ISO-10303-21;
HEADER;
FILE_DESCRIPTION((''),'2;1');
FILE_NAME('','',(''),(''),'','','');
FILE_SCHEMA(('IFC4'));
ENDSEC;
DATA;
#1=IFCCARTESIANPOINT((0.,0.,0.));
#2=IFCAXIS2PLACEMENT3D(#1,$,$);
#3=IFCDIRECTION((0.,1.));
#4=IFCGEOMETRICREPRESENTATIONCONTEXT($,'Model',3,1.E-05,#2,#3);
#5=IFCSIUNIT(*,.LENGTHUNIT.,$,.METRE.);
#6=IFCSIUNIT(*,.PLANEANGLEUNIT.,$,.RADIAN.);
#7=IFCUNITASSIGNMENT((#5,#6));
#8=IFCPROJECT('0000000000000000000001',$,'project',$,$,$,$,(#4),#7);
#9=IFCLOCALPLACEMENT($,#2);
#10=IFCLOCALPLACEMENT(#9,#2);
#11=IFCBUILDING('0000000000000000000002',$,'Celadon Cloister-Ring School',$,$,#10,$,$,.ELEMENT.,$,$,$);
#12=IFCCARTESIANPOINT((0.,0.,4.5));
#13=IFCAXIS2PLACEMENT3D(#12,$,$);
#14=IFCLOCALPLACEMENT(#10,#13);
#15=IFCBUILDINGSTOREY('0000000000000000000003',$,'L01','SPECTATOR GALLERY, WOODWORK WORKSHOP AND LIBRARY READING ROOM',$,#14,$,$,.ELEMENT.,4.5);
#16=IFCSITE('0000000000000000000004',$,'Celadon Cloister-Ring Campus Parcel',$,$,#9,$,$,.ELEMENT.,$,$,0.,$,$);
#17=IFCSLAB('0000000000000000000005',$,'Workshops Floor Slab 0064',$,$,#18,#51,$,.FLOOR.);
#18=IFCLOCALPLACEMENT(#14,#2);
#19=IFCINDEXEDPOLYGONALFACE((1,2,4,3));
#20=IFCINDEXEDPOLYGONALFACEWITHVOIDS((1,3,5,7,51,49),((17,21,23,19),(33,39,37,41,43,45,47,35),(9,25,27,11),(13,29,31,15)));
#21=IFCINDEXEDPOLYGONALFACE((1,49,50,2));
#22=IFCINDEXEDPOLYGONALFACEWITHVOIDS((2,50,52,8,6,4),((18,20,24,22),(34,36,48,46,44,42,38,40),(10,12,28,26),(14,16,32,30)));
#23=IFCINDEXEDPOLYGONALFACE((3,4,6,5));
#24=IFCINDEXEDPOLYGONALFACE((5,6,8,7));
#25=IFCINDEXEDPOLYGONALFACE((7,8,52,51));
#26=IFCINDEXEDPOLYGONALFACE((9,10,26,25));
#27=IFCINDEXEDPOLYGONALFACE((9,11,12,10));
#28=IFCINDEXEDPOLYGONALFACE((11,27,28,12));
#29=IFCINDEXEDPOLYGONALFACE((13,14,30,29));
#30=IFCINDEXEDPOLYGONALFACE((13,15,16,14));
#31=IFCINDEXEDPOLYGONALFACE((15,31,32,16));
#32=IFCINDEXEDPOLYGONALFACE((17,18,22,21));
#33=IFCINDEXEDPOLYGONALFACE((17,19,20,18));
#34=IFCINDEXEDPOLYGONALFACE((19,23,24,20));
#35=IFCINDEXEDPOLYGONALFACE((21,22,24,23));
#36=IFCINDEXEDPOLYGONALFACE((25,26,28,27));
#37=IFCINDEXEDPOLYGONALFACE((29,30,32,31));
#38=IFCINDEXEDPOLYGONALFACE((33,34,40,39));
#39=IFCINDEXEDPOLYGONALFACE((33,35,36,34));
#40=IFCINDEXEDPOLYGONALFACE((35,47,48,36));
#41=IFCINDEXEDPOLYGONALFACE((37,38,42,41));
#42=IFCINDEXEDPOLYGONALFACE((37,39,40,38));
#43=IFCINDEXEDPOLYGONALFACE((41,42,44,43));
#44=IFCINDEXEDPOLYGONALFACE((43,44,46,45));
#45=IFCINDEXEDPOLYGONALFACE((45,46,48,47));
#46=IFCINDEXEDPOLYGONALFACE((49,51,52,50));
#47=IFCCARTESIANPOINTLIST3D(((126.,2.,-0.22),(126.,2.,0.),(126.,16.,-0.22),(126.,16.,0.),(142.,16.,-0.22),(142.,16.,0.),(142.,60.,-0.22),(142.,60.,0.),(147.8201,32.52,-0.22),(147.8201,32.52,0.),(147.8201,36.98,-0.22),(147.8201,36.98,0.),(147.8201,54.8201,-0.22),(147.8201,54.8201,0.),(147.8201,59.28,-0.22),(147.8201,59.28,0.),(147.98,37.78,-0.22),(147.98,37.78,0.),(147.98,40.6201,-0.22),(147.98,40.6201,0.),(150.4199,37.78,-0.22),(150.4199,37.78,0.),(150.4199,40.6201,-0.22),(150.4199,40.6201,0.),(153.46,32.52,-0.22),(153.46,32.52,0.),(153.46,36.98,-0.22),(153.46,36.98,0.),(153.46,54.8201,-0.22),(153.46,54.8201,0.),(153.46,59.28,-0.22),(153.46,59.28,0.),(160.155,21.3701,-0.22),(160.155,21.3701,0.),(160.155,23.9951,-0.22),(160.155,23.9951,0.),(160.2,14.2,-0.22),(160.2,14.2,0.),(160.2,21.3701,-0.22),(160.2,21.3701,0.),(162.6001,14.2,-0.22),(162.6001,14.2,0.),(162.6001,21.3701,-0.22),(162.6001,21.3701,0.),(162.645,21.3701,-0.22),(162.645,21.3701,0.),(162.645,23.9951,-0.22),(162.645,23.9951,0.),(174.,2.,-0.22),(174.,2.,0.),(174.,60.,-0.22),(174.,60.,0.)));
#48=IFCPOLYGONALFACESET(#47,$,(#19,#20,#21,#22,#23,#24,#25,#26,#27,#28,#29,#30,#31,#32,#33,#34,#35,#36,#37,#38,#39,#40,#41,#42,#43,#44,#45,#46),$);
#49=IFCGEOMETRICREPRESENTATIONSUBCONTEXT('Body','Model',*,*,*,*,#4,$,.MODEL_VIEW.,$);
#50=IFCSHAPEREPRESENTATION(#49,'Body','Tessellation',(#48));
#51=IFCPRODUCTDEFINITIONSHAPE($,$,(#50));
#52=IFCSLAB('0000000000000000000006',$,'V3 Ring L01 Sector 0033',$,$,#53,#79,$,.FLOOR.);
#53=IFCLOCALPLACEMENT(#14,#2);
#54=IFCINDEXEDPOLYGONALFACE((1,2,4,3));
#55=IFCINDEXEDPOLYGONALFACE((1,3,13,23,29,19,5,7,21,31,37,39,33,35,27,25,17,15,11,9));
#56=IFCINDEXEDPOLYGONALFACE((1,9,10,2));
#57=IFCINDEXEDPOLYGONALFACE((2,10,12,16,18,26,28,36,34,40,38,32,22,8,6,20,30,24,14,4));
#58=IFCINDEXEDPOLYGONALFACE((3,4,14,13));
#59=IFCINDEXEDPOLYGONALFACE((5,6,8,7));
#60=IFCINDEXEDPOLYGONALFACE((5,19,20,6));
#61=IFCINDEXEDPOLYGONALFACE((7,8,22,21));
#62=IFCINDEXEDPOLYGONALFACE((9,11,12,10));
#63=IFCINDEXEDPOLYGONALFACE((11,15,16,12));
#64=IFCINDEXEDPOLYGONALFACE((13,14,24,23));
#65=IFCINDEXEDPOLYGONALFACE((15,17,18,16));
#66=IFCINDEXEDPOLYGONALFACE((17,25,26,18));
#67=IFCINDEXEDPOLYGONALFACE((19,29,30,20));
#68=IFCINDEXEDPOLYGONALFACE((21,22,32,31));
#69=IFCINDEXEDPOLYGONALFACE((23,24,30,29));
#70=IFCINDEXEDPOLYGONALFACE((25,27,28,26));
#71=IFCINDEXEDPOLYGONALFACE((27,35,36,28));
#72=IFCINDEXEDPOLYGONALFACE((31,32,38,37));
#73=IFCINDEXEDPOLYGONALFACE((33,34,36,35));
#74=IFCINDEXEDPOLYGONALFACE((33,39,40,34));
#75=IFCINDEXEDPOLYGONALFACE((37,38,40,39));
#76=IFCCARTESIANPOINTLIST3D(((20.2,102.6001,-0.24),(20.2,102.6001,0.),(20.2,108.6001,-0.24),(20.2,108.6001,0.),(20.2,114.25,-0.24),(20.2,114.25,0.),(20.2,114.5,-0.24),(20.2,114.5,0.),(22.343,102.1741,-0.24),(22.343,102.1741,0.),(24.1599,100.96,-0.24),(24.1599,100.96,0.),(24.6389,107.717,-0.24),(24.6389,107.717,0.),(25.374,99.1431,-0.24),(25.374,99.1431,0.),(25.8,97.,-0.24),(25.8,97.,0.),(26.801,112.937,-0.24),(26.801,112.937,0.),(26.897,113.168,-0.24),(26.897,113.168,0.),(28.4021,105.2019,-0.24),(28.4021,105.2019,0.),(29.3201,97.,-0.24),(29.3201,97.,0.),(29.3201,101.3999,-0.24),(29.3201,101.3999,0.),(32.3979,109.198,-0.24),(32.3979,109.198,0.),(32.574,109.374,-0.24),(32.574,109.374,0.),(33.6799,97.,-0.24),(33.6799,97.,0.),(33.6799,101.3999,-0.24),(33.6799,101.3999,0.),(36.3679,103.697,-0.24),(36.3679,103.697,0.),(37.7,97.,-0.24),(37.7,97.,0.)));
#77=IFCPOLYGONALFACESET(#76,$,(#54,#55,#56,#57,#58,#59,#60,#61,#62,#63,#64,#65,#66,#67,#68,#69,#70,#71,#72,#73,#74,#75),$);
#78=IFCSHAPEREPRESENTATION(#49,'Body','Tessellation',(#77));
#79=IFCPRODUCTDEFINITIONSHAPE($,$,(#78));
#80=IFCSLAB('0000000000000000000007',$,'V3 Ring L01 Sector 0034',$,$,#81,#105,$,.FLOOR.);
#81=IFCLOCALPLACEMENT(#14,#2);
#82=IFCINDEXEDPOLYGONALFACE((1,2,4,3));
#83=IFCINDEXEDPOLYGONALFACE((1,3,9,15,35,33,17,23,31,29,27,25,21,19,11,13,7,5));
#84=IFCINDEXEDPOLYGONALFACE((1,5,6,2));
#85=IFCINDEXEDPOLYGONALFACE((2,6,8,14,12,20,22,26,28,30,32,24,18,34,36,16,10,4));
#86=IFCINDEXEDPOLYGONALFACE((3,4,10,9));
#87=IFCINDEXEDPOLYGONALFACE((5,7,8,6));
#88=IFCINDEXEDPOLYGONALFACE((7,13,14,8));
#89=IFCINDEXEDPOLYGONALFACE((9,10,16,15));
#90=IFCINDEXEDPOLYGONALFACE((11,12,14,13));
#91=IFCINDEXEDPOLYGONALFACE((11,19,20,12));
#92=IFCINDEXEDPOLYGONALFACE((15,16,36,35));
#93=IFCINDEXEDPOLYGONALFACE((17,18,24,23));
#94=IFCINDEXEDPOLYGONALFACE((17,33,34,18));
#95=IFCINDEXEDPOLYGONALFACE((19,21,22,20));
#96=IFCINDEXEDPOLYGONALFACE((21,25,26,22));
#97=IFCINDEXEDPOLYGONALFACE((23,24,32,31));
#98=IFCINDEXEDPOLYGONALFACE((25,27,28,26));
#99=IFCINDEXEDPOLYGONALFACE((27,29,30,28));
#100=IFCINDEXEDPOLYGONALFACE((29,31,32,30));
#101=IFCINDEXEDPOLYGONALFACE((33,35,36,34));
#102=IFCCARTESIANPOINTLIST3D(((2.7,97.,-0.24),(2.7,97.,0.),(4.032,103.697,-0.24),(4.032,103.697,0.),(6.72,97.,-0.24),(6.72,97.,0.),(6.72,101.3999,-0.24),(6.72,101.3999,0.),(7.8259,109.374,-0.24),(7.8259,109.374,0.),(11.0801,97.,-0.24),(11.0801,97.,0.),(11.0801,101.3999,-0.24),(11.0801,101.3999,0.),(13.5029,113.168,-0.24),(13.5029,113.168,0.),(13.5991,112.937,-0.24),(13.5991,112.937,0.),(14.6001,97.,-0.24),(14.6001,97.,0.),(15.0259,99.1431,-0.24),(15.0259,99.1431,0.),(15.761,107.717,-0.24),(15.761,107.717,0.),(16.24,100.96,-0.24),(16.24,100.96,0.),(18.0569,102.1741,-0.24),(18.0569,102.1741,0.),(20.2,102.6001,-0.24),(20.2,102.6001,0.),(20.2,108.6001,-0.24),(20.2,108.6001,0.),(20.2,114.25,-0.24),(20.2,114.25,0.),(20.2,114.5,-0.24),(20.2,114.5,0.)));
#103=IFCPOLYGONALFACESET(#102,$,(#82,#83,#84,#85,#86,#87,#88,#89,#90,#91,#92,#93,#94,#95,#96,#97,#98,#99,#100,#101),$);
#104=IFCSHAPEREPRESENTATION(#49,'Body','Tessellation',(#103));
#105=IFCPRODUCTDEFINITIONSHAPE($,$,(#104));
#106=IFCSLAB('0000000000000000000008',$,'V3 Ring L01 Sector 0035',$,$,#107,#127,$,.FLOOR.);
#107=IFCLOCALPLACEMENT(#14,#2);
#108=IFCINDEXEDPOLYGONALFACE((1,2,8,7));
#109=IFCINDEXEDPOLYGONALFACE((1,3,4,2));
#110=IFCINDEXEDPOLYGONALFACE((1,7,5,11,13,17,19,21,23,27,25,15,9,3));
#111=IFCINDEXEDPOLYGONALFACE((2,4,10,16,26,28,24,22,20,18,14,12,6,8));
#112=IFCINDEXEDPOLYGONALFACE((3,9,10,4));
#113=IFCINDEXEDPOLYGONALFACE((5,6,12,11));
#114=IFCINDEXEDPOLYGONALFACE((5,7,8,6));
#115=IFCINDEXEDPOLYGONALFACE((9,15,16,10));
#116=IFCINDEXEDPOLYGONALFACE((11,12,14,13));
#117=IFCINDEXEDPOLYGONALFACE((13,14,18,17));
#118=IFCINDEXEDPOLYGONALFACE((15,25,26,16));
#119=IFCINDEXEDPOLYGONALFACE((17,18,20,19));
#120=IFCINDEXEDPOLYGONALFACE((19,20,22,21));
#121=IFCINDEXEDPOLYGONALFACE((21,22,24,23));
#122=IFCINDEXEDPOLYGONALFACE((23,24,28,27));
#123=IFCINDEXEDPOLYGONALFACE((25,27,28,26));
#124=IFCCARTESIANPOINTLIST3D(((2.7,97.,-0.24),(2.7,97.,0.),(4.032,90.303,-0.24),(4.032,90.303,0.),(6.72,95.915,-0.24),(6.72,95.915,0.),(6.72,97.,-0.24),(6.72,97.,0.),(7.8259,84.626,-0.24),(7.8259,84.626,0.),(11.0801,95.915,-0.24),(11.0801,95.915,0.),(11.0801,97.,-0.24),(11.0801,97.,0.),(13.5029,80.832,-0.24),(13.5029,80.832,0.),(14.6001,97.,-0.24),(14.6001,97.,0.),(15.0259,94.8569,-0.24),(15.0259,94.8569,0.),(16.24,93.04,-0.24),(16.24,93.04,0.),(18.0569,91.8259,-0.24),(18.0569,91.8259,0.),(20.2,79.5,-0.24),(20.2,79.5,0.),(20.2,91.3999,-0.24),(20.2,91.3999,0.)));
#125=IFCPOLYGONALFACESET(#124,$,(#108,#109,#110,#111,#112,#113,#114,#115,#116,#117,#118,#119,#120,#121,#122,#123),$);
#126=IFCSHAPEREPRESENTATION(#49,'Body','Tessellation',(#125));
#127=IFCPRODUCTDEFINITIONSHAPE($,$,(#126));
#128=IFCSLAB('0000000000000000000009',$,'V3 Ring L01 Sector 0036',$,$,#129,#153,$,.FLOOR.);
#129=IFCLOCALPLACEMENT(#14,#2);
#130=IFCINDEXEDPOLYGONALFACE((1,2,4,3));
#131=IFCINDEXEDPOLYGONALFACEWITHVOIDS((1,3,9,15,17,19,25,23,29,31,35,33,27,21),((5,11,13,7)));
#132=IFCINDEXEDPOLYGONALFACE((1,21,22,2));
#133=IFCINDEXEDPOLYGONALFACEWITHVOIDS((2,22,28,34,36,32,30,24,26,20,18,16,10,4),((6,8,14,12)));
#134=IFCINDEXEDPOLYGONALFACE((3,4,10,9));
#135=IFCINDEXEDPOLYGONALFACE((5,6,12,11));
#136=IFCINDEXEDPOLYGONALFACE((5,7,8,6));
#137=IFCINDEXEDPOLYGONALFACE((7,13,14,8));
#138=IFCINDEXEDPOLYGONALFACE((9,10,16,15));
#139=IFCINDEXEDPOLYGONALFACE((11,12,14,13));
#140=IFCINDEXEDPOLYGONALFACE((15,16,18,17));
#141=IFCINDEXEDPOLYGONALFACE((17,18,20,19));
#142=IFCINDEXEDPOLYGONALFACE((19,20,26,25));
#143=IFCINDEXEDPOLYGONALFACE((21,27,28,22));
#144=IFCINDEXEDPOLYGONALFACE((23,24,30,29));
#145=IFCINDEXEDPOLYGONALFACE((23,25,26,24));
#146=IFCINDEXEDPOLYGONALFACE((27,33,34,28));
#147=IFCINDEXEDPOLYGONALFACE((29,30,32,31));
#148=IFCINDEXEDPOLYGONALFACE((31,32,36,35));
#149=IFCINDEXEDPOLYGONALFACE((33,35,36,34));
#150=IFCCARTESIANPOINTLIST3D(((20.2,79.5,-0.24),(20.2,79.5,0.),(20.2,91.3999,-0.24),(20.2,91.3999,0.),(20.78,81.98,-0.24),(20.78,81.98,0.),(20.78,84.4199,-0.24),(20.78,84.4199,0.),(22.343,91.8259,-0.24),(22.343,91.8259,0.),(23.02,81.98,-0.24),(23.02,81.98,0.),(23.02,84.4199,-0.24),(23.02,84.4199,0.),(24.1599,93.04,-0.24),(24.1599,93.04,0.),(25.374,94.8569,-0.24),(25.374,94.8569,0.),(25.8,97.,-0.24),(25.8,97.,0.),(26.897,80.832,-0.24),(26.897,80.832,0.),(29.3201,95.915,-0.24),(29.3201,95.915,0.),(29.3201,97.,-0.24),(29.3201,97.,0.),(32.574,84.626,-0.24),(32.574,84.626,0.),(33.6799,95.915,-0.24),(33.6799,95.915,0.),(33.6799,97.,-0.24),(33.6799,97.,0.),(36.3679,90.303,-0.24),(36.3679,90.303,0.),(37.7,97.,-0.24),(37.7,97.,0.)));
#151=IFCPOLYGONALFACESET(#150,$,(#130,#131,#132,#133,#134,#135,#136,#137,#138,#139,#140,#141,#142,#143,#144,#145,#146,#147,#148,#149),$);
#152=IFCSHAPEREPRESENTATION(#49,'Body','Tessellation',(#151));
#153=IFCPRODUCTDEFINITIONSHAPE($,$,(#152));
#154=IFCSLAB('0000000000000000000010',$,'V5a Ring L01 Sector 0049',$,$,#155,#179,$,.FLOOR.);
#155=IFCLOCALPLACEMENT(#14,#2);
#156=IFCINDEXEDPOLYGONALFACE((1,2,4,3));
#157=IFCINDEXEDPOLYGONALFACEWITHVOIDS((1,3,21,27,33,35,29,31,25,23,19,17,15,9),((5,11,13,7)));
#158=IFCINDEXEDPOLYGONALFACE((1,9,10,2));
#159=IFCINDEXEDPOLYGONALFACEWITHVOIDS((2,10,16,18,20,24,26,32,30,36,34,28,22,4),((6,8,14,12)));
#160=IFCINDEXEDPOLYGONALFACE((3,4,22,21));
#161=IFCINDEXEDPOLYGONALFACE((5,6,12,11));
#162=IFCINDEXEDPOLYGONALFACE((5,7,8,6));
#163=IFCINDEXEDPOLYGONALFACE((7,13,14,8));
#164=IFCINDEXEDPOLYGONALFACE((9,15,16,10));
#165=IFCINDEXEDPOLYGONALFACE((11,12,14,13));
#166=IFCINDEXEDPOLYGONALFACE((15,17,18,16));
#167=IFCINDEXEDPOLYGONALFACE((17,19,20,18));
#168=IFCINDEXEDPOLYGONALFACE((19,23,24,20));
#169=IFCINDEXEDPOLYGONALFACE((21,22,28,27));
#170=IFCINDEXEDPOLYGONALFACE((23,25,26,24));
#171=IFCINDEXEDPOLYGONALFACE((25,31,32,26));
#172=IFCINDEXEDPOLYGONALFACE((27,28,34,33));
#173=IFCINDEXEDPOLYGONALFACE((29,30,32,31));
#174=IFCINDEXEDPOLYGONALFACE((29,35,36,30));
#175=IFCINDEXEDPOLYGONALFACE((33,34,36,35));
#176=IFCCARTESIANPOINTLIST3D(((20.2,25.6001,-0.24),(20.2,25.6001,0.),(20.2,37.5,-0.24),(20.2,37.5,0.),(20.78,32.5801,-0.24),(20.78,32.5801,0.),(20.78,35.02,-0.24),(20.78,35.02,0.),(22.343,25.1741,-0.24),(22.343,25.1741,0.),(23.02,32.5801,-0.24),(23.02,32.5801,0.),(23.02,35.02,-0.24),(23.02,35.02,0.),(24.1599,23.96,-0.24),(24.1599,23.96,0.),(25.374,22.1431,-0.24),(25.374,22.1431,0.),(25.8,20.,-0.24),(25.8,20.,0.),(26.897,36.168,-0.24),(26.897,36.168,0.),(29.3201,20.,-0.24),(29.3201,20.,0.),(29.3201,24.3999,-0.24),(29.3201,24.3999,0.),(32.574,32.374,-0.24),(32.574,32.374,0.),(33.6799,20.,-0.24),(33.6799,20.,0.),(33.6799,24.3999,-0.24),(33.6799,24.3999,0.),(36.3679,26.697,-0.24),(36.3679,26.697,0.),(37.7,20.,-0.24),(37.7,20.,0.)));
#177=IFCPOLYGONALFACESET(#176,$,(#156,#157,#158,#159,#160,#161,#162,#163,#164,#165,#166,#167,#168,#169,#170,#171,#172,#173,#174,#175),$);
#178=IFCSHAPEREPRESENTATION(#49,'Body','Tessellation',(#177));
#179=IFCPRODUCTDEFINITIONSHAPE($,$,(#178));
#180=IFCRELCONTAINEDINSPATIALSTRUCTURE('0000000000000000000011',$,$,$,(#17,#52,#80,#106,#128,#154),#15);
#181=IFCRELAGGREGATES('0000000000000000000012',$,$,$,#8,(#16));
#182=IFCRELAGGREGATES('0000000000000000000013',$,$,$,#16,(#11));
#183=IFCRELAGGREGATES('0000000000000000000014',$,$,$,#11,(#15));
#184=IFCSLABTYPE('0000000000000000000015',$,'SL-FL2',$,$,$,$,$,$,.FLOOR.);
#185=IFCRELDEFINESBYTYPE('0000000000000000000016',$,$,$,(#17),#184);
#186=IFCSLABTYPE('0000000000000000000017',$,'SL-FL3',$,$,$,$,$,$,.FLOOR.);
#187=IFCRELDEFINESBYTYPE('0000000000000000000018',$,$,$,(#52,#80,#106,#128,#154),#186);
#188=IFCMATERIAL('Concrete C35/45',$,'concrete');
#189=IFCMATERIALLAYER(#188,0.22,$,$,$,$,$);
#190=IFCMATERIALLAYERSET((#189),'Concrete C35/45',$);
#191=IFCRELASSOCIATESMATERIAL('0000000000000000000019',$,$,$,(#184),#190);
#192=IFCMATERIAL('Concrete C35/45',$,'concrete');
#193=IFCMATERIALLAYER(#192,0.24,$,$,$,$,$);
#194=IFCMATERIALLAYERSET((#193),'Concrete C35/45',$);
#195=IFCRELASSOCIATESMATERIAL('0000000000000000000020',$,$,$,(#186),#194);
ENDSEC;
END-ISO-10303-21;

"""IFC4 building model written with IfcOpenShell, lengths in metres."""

from ifc_helpers import new_model, si_unit, direction, frame, origin, place, context, subcontext, project, spatial, polyline, outline, extrude, material, layer, layer_set, type_object, element, save


model = new_model("IFC4")

# Units and contexts
model_context = context("Model", 3, precision=1e-05, world=origin(), true_north=direction((0.0, 1.0)))
body_context = subcontext(model_context, "Body", "Model", "MODEL_VIEW")
ifc_project = project(units=[si_unit("LENGTHUNIT", "METRE"), si_unit("PLANEANGLEUNIT", "RADIAN")], contexts=[model_context])

# Site, building, storey
site_placement = place(None, origin())
site = spatial("IfcSite", under=ifc_project, at=site_placement, Name="Celadon Cloister-Ring Campus Parcel", CompositionType="ELEMENT", RefElevation=0.0)
building_placement = place(site_placement, origin())
building = spatial("IfcBuilding", under=site, at=building_placement, Name="Celadon Cloister-Ring School", CompositionType="ELEMENT")
storey_placement = place(building_placement, frame((0.0, 0.0, 4.5)))
storey = spatial("IfcBuildingStorey", under=building, at=storey_placement, Name="L01", Description="SPECTATOR GALLERY, WOODWORK WORKSHOP AND LIBRARY READING ROOM", CompositionType="ELEMENT", Elevation=4.5)

# Slabs
ifc_material_1 = material(Name="Concrete C35/45", Category="concrete")
ifc_layer_1 = layer(ifc_material_1, 0.22)
ifc_layer_set_1 = layer_set([ifc_layer_1], Name="Concrete C35/45")
slab_type_1 = type_object("IfcSlabType", Name="SL-FL2", PredefinedType="FLOOR", material=ifc_layer_set_1)
slab_1_placement = place(storey_placement, frame((0.0, 0.0, -0.22)))
element("IfcSlab", 1, at=slab_1_placement, inside=storey, type_object=slab_type_1, Name="Workshops Floor Slab 0064", PredefinedType="FLOOR", context=body_context, shape_type="SweptSolid", body=[
    extrude(outline(polyline([(126.0, 16.0), (142.0, 16.0), (142.0, 60.0), (174.0, 60.0), (174.0, 2.0), (126.0, 2.0), (126.0, 16.0)]), holes=[polyline([(160.155, 21.3701), (160.2, 21.3701), (160.2, 14.2), (162.6001, 14.2), (162.6001, 21.3701), (162.645, 21.3701), (162.645, 23.9951), (160.155, 23.9951), (160.155, 21.3701)]), polyline([(147.8201, 32.52), (153.46, 32.52), (153.46, 36.98), (147.8201, 36.98), (147.8201, 32.52)]), polyline([(147.98, 37.78), (150.4199, 37.78), (150.4199, 40.6201), (147.98, 40.6201), (147.98, 37.78)]), polyline([(153.46, 54.8201), (153.46, 59.28), (147.8201, 59.28), (147.8201, 54.8201), (153.46, 54.8201)])]), origin(), (0.0, 0.0, 1.0), 0.22),
])
ifc_material_2 = material(Name="Concrete C35/45", Category="concrete")
ifc_layer_2 = layer(ifc_material_2, 0.24)
ifc_layer_set_2 = layer_set([ifc_layer_2], Name="Concrete C35/45")
slab_type_2 = type_object("IfcSlabType", Name="SL-FL3", PredefinedType="FLOOR", material=ifc_layer_set_2)
slab_2_placement = place(storey_placement, frame((0.0, 0.0, -0.24)))
element("IfcSlab", 2, at=slab_2_placement, inside=storey, type_object=slab_type_2, Name="V3 Ring L01 Sector 0033", PredefinedType="FLOOR", context=body_context, shape_type="SweptSolid", body=[
    extrude(outline(polyline([(20.2, 114.5), (26.897, 113.168), (32.574, 109.374), (36.3679, 103.697), (37.7, 97.0), (33.6799, 97.0), (33.6799, 101.3999), (29.3201, 101.3999), (29.3201, 97.0), (25.8, 97.0), (25.374, 99.1431), (24.1599, 100.96), (22.343, 102.1741), (20.2, 102.6001), (20.2, 108.6001), (24.6389, 107.717), (28.4021, 105.2019), (32.3979, 109.198), (26.801, 112.937), (20.2, 114.25), (20.2, 114.5)])), origin(), (0.0, 0.0, 1.0), 0.24),
])
slab_3_placement = place(storey_placement, frame((0.0, 0.0, -0.24)))
element("IfcSlab", 3, at=slab_3_placement, inside=storey, type_object=slab_type_2, Name="V3 Ring L01 Sector 0034", PredefinedType="FLOOR", context=body_context, shape_type="SweptSolid", body=[
    extrude(outline(polyline([(2.7, 97.0), (4.032, 103.697), (7.8259, 109.374), (13.5029, 113.168), (20.2, 114.5), (20.2, 114.25), (13.5991, 112.937), (15.761, 107.717), (20.2, 108.6001), (20.2, 102.6001), (18.0569, 102.1741), (16.24, 100.96), (15.0259, 99.1431), (14.6001, 97.0), (11.0801, 97.0), (11.0801, 101.3999), (6.72, 101.3999), (6.72, 97.0), (2.7, 97.0)])), origin(), (0.0, 0.0, 1.0), 0.24),
])
slab_4_placement = place(storey_placement, frame((0.0, 0.0, -0.24)))
element("IfcSlab", 4, at=slab_4_placement, inside=storey, type_object=slab_type_2, Name="V3 Ring L01 Sector 0035", PredefinedType="FLOOR", context=body_context, shape_type="SweptSolid", body=[
    extrude(outline(polyline([(14.6001, 97.0), (15.0259, 94.8569), (16.24, 93.04), (18.0569, 91.8259), (20.2, 91.3999), (20.2, 79.5), (13.5029, 80.832), (7.8259, 84.626), (4.032, 90.303), (2.7, 97.0), (6.72, 97.0), (6.72, 95.915), (11.0801, 95.915), (11.0801, 97.0), (14.6001, 97.0)])), origin(), (0.0, 0.0, 1.0), 0.24),
])
slab_5_placement = place(storey_placement, frame((0.0, 0.0, -0.24)))
element("IfcSlab", 5, at=slab_5_placement, inside=storey, type_object=slab_type_2, Name="V3 Ring L01 Sector 0036", PredefinedType="FLOOR", context=body_context, shape_type="SweptSolid", body=[
    extrude(outline(polyline([(37.7, 97.0), (36.3679, 90.303), (32.574, 84.626), (26.897, 80.832), (20.2, 79.5), (20.2, 91.3999), (22.343, 91.8259), (24.1599, 93.04), (25.374, 94.8569), (25.8, 97.0), (29.3201, 97.0), (29.3201, 95.915), (33.6799, 95.915), (33.6799, 97.0), (37.7, 97.0)]), holes=[polyline([(23.02, 81.98), (23.02, 84.4199), (20.78, 84.4199), (20.78, 81.98), (23.02, 81.98)])]), origin(), (0.0, 0.0, 1.0), 0.24),
])
slab_6_placement = place(storey_placement, frame((0.0, 0.0, -0.24)))
element("IfcSlab", 6, at=slab_6_placement, inside=storey, type_object=slab_type_2, Name="V5a Ring L01 Sector 0049", PredefinedType="FLOOR", context=body_context, shape_type="SweptSolid", body=[
    extrude(outline(polyline([(25.8, 20.0), (25.374, 22.1431), (24.1599, 23.96), (22.343, 25.1741), (20.2, 25.6001), (20.2, 37.5), (26.897, 36.168), (32.574, 32.374), (36.3679, 26.697), (37.7, 20.0), (33.6799, 20.0), (33.6799, 24.3999), (29.3201, 24.3999), (29.3201, 20.0), (25.8, 20.0)]), holes=[polyline([(23.02, 32.5801), (23.02, 35.02), (20.78, 35.02), (20.78, 32.5801), (23.02, 32.5801)])]), origin(), (0.0, 0.0, 1.0), 0.24),
])

save(model, "model.ifc")
